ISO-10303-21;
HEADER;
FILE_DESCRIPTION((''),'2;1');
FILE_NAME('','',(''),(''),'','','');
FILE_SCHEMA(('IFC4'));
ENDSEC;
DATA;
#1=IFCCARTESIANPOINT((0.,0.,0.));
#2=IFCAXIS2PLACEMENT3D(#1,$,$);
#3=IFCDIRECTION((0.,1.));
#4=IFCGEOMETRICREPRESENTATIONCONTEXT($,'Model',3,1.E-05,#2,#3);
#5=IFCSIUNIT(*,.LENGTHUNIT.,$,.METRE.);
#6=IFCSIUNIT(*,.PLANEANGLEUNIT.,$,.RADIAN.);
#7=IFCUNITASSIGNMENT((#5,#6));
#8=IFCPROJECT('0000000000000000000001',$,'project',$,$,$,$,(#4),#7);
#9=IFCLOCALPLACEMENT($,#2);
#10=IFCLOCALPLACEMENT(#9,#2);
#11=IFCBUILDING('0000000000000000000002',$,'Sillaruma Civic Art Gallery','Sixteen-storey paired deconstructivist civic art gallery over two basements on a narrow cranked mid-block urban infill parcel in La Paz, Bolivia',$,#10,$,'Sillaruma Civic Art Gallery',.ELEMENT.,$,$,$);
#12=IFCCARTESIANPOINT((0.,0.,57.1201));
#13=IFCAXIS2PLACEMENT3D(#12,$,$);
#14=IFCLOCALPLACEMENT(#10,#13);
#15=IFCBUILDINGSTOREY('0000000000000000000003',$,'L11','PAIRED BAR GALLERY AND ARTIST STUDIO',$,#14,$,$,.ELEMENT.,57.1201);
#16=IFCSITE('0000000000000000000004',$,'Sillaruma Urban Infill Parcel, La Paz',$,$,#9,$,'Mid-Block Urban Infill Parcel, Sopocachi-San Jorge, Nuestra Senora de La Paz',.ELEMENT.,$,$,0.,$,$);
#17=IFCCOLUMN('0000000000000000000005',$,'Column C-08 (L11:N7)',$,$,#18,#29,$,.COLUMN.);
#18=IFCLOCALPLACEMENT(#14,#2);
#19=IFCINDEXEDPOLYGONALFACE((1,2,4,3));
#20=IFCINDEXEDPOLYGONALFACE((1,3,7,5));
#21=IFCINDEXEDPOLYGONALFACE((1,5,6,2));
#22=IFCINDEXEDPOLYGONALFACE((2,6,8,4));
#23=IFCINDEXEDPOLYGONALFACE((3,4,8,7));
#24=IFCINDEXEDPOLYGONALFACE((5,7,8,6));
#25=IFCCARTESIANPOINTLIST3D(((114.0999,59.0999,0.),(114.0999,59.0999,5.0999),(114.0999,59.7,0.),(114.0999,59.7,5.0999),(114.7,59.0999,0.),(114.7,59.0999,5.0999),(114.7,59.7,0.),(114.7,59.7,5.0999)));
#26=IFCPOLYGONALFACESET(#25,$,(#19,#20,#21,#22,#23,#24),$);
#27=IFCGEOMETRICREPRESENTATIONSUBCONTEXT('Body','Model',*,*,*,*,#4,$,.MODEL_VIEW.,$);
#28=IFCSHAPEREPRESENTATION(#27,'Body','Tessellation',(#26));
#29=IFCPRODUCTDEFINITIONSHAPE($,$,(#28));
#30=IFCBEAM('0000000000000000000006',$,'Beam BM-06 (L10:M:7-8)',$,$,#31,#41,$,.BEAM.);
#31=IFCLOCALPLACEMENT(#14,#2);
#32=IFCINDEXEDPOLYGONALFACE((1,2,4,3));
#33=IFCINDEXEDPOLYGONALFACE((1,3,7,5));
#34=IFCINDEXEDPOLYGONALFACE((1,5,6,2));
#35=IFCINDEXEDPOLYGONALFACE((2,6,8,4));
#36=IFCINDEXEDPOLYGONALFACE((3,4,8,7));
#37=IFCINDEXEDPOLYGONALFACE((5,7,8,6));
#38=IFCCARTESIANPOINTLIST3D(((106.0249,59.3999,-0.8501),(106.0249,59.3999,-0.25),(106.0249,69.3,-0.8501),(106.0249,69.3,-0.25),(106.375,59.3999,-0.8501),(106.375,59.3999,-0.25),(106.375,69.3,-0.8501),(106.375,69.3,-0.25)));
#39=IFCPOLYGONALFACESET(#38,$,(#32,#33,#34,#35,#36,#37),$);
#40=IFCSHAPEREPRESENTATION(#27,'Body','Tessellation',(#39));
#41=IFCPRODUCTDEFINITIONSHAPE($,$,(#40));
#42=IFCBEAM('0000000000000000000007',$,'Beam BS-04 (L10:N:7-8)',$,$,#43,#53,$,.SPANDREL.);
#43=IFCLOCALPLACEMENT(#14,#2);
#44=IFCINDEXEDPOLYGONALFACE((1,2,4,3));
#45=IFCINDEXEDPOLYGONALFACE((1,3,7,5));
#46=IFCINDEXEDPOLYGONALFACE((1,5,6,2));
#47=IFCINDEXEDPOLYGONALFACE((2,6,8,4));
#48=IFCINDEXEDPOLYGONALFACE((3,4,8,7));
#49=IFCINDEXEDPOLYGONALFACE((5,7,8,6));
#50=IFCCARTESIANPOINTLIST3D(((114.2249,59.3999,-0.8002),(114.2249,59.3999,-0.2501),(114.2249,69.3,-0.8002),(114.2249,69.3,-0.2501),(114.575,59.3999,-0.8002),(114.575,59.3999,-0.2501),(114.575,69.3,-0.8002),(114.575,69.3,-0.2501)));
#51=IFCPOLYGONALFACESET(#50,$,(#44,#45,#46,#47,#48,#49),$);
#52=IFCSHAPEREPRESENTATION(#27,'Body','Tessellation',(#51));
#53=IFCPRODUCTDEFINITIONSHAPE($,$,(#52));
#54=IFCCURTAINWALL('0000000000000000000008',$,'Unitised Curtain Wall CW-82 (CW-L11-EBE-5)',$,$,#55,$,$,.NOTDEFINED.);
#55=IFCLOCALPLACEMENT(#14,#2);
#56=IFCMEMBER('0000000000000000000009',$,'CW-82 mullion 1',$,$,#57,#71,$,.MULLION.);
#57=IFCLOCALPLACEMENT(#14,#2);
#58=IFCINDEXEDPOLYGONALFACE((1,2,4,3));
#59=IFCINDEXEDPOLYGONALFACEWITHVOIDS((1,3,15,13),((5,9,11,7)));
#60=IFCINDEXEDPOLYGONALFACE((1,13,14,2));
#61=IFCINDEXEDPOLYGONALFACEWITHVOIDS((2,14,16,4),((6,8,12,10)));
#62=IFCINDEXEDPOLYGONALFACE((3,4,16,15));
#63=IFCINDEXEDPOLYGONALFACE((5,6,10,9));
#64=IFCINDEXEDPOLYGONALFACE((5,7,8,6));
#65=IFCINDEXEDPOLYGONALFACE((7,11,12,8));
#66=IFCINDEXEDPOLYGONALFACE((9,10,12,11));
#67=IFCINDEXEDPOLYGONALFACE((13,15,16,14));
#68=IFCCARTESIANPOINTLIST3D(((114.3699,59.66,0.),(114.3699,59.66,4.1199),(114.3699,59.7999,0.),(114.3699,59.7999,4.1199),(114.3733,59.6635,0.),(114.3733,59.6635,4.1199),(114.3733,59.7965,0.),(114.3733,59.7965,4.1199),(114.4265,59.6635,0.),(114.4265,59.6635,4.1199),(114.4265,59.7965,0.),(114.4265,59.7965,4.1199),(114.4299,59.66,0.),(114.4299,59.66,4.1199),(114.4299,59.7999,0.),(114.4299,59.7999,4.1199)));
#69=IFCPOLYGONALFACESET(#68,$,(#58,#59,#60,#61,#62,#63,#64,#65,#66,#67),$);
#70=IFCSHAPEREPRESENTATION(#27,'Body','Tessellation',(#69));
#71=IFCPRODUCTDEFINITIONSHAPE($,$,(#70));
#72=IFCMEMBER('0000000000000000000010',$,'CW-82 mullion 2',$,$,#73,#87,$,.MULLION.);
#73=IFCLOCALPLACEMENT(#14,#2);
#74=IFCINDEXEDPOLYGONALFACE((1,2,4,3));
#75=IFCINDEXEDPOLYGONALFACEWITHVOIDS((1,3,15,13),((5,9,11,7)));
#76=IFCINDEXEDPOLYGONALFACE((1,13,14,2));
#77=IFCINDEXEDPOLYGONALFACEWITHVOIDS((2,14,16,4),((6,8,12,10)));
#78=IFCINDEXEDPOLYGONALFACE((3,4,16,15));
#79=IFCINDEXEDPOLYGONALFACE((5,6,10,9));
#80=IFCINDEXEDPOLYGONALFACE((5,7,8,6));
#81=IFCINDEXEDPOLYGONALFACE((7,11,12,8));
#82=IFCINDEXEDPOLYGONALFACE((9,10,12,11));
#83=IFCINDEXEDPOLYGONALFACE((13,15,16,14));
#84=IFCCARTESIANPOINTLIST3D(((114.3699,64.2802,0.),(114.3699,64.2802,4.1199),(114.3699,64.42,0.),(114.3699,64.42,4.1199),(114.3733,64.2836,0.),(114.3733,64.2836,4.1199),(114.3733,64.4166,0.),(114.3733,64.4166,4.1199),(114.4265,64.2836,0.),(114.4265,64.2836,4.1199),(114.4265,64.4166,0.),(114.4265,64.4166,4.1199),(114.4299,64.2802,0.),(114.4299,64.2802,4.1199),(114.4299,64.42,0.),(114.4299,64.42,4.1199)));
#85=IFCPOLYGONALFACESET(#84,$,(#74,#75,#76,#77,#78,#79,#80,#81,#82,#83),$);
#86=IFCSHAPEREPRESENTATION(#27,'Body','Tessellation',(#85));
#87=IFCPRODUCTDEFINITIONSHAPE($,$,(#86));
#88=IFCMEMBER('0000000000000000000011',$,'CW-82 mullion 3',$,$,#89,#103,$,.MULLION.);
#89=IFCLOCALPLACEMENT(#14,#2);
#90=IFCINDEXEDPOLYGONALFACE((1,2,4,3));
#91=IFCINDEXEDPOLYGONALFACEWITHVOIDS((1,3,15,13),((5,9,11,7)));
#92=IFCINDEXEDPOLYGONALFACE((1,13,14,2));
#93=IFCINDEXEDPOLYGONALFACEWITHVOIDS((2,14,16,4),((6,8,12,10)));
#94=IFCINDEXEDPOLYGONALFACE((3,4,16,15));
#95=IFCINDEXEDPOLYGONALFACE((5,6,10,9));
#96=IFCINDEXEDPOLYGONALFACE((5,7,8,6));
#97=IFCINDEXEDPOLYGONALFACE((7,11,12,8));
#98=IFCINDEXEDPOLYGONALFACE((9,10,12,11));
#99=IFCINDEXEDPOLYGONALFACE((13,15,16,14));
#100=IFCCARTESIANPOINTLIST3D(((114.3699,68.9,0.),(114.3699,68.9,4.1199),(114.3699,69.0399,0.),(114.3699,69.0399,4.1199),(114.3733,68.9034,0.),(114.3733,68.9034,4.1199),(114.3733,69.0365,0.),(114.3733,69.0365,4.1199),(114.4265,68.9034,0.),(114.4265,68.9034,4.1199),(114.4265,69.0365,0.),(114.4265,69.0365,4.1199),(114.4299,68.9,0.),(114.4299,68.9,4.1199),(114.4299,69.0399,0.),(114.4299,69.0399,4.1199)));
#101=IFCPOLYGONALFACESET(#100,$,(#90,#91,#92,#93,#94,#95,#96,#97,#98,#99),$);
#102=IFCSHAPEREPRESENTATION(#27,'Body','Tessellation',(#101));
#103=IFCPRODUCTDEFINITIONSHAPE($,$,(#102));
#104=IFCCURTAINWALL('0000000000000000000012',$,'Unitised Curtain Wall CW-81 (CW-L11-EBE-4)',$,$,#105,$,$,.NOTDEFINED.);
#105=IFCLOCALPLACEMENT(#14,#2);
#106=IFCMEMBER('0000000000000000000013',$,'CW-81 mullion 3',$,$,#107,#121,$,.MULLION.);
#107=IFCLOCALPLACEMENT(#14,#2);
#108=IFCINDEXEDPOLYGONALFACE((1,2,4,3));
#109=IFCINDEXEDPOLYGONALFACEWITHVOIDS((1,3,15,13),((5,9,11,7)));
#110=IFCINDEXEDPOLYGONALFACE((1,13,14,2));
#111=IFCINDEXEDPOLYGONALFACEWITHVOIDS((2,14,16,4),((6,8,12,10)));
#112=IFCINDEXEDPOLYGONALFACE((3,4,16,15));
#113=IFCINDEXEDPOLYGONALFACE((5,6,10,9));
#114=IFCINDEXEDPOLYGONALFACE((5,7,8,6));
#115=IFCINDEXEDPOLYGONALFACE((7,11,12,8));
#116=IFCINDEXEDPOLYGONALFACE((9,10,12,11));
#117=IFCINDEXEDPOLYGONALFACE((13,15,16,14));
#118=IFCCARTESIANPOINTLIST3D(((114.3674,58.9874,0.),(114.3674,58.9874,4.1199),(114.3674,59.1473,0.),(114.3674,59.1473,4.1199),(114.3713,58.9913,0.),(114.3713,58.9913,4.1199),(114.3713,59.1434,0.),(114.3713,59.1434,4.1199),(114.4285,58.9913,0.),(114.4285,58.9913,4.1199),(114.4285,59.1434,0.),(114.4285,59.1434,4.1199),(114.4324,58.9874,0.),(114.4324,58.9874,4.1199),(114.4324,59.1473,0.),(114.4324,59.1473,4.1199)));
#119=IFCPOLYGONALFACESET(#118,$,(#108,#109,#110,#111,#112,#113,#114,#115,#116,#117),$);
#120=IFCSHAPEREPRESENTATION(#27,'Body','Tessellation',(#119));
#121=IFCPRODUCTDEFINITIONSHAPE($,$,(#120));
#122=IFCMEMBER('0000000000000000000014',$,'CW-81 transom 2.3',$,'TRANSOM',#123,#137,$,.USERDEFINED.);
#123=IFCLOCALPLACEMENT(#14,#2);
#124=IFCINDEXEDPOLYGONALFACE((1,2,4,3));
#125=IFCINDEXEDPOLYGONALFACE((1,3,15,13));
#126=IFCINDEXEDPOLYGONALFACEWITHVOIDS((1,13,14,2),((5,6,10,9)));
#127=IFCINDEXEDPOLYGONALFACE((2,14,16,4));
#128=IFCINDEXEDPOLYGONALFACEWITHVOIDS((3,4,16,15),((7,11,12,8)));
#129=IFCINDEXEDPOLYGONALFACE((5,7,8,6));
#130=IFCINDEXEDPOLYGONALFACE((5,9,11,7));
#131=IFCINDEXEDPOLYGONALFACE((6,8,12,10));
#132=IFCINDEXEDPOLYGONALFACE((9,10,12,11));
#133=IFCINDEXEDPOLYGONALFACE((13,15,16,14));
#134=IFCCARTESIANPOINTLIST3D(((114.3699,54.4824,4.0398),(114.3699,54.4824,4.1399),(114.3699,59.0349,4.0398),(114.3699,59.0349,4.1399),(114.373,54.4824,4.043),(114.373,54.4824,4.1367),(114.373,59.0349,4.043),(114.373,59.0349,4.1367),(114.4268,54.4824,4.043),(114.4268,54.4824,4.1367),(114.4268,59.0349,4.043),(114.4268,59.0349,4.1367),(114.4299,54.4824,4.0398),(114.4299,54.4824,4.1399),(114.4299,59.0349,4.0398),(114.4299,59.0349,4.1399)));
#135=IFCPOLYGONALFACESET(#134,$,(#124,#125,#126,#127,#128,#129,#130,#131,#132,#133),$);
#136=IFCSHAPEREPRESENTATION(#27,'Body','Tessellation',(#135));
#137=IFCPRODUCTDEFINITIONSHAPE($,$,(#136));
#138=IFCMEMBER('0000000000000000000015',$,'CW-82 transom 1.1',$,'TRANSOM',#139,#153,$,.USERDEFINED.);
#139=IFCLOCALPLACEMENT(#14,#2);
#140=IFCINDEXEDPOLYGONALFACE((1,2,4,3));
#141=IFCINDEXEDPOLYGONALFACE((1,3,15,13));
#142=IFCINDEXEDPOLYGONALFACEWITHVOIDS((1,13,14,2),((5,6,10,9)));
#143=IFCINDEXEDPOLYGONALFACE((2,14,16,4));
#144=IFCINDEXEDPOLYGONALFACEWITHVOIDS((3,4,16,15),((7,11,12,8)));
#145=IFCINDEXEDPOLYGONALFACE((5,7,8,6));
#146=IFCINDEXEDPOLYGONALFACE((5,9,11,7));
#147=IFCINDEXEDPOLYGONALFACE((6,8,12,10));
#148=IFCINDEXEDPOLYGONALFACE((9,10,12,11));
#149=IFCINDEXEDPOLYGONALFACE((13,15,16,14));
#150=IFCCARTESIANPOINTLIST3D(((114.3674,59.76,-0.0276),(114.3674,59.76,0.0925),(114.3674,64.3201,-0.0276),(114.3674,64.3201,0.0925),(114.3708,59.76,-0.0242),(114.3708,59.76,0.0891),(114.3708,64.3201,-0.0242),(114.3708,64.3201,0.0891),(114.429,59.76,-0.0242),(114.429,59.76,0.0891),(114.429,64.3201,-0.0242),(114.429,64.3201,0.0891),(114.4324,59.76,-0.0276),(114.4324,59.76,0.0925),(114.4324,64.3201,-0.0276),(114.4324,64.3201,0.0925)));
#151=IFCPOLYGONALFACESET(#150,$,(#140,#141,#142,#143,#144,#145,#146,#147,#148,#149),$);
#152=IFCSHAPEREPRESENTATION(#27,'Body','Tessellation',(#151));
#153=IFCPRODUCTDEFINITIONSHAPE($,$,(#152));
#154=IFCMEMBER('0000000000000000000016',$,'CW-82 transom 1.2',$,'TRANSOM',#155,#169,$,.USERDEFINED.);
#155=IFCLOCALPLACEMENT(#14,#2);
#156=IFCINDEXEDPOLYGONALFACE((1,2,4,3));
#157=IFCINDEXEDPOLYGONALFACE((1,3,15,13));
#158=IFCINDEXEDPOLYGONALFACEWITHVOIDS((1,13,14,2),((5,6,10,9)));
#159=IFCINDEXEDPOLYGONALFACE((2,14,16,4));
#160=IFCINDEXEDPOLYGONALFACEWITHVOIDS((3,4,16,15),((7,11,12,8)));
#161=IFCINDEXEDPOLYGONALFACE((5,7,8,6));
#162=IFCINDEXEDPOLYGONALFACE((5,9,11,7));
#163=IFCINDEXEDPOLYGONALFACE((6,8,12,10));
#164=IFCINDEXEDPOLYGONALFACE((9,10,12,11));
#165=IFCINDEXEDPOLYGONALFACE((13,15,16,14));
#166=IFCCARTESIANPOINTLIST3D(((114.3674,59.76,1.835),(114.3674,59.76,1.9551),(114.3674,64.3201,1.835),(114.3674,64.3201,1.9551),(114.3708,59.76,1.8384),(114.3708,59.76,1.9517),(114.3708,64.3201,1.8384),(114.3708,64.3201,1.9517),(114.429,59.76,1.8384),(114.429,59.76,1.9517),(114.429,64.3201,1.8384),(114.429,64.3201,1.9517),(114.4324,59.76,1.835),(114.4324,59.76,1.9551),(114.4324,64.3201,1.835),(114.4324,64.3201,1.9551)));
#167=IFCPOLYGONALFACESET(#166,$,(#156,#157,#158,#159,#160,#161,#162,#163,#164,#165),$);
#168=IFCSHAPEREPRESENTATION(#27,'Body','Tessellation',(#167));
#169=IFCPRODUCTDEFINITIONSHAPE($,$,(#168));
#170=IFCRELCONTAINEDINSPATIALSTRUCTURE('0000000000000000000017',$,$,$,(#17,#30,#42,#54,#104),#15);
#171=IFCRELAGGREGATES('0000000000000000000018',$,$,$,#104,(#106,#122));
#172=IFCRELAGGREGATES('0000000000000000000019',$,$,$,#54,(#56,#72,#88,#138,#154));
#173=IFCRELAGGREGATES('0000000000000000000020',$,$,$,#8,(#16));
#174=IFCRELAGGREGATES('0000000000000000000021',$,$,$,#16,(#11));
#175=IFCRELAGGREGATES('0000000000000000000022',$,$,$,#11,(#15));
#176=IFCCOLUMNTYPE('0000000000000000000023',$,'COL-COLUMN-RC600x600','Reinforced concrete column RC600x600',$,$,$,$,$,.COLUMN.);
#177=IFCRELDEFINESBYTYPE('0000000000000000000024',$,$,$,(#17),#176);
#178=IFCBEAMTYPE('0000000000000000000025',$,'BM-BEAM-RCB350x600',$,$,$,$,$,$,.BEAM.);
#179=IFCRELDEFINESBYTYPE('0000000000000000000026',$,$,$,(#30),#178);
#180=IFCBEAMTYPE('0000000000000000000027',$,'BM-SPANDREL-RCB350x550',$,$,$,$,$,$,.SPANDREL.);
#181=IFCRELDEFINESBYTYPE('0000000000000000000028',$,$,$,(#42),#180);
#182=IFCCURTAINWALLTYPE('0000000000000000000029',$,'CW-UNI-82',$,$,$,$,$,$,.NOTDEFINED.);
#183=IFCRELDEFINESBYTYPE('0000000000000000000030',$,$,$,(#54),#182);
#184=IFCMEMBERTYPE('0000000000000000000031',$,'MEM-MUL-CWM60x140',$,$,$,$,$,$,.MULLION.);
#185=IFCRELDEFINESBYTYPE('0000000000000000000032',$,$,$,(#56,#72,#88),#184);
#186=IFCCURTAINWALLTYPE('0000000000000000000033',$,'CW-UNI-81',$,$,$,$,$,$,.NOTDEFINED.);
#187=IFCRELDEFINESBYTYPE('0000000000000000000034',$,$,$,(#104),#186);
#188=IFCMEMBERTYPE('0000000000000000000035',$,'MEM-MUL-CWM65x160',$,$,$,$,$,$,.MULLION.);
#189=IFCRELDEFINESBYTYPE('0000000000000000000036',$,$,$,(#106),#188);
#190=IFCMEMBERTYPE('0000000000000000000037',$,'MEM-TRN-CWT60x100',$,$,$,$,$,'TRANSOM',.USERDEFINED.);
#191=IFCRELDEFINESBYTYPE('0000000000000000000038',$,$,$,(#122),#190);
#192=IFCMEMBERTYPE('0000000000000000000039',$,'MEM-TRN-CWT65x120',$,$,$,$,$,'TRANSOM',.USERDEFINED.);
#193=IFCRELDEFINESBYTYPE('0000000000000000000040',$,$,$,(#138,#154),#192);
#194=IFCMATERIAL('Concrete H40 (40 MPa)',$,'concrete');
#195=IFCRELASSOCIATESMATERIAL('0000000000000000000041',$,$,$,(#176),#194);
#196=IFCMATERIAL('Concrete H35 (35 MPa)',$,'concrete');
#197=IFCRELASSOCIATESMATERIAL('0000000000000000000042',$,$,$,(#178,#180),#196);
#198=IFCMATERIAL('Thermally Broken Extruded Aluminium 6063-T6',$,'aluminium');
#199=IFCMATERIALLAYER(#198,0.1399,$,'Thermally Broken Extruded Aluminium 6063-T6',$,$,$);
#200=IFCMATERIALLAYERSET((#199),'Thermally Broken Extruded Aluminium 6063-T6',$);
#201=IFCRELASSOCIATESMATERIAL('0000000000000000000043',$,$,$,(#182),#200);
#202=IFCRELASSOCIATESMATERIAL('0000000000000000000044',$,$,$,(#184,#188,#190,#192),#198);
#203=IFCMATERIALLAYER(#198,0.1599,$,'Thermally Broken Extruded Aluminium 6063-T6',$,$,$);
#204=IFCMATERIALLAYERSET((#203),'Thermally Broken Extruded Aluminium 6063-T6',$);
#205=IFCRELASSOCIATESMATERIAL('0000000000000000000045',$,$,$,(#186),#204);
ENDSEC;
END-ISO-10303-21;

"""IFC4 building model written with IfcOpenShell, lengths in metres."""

from ifc_helpers import new_model, si_unit, direction, frame, origin, origin_2d, place, context, subcontext, project, spatial, rectangle, hollow_rectangle, extrude, material, layer, layer_set, material_profile, profile_set, type_object, element, aggregate, save


model = new_model("IFC4")

# Units and contexts
model_context = context("Model", 3, precision=1e-05, world=origin(), true_north=direction((0.0, 1.0)))
body_context = subcontext(model_context, "Body", "Model", "MODEL_VIEW")
ifc_project = project(units=[si_unit("LENGTHUNIT", "METRE"), si_unit("PLANEANGLEUNIT", "RADIAN")], contexts=[model_context])

# Site, building, storey
site_placement = place(None, origin())
site = spatial("IfcSite", under=ifc_project, at=site_placement, Name="Sillaruma Urban Infill Parcel, La Paz", LongName="Mid-Block Urban Infill Parcel, Sopocachi-San Jorge, Nuestra Senora de La Paz", CompositionType="ELEMENT", RefElevation=0.0)
building_placement = place(site_placement, origin())
building = spatial("IfcBuilding", under=site, at=building_placement, Name="Sillaruma Civic Art Gallery", Description="Sixteen-storey paired deconstructivist civic art gallery over two basements on a narrow cranked mid-block urban infill parcel in La Paz, Bolivia", LongName="Sillaruma Civic Art Gallery", CompositionType="ELEMENT")
storey_placement = place(building_placement, frame((0.0, 0.0, 57.1201)))
storey = spatial("IfcBuildingStorey", under=building, at=storey_placement, Name="L11", Description="PAIRED BAR GALLERY AND ARTIST STUDIO", CompositionType="ELEMENT", Elevation=57.1201)

# Column
ifc_material_1 = material(Name="Concrete H40 (40 MPa)", Category="concrete")
ifc_material_profile_1 = material_profile(ifc_material_1, rectangle(XDim=0.6001, YDim=0.6001, at=origin_2d()), Name="RC600x600")
ifc_profile_set_1 = profile_set([ifc_material_profile_1], Name="Concrete H40 (40 MPa)")
column_type = type_object("IfcColumnType", Name="COL-COLUMN-RC600x600", Description="Reinforced concrete column RC600x600", PredefinedType="COLUMN", material=ifc_profile_set_1)
column_placement = place(storey_placement, frame((114.3999, 59.3999, 0.0), z_axis=(0.0, 0.0, 1.0), x_axis=(1.0, 0.0, 0.0)))
element("IfcColumn", 1, at=column_placement, inside=storey, type_object=column_type, Name="Column C-08 (L11:N7)", PredefinedType="COLUMN", context=body_context, shape_type="SweptSolid", body=[
    extrude(rectangle(XDim=0.6001, YDim=0.6001, at=origin_2d()), origin(), (0.0, 0.0, 1.0), 5.0999),
])

# Beams
ifc_material_2 = material(Name="Concrete H35 (35 MPa)", Category="concrete")
ifc_material_profile_2 = material_profile(ifc_material_2, rectangle(XDim=0.3501, YDim=0.6001, at=origin_2d()), Name="RCB350x600")
ifc_profile_set_2 = profile_set([ifc_material_profile_2], Name="Concrete H35 (35 MPa)")
beam_type_1 = type_object("IfcBeamType", Name="BM-BEAM-RCB350x600", PredefinedType="BEAM", material=ifc_profile_set_2)
beam_1_placement = place(storey_placement, frame((106.2, 59.3999, -0.55), z_axis=(0.0, 1.0, 0.0), x_axis=(-1.0, 0.0, 0.0)))
element("IfcBeam", 2, at=beam_1_placement, inside=storey, type_object=beam_type_1, Name="Beam BM-06 (L10:M:7-8)", PredefinedType="BEAM", context=body_context, shape_type="SweptSolid", body=[
    extrude(rectangle(XDim=0.3501, YDim=0.6001, at=origin_2d()), origin(), (0.0, 0.0, 1.0), 9.9001),
])
ifc_material_profile_3 = material_profile(ifc_material_2, rectangle(XDim=0.3501, YDim=0.55, at=origin_2d()), Name="RCB350x550")
ifc_profile_set_3 = profile_set([ifc_material_profile_3], Name="Concrete H35 (35 MPa)")
beam_type_2 = type_object("IfcBeamType", Name="BM-SPANDREL-RCB350x550", PredefinedType="SPANDREL", material=ifc_profile_set_3)
beam_2_placement = place(storey_placement, frame((114.3999, 59.3999, -0.5251), z_axis=(0.0, 1.0, 0.0), x_axis=(-1.0, 0.0, 0.0)))
element("IfcBeam", 3, at=beam_2_placement, inside=storey, type_object=beam_type_2, Name="Beam BS-04 (L10:N:7-8)", PredefinedType="SPANDREL", context=body_context, shape_type="SweptSolid", body=[
    extrude(rectangle(XDim=0.3501, YDim=0.55, at=origin_2d()), origin(), (0.0, 0.0, 1.0), 9.9001),
])

# Curtain walls, members
ifc_material_3 = material(Name="Thermally Broken Extruded Aluminium 6063-T6", Category="aluminium")
ifc_layer_1 = layer(ifc_material_3, 0.1399, Name="Thermally Broken Extruded Aluminium 6063-T6")
ifc_layer_set_1 = layer_set([ifc_layer_1], Name="Thermally Broken Extruded Aluminium 6063-T6")
curtain_wall_type_1 = type_object("IfcCurtainWallType", Name="CW-UNI-82", PredefinedType="NOTDEFINED", material=ifc_layer_set_1)
curtain_wall_1_placement = place(storey_placement, origin())
curtain_wall_1 = element("IfcCurtainWall", 4, at=curtain_wall_1_placement, inside=storey, type_object=curtain_wall_type_1, Name="Unitised Curtain Wall CW-82 (CW-L11-EBE-5)", PredefinedType="NOTDEFINED")
ifc_material_profile_4 = material_profile(ifc_material_3, hollow_rectangle(XDim=0.0601, YDim=0.1399, WallThickness=0.0034, at=origin_2d()), Name="CWM60x140")
ifc_profile_set_4 = profile_set([ifc_material_profile_4], Name="Thermally Broken Extruded Aluminium 6063-T6")
member_type_1 = type_object("IfcMemberType", Name="MEM-MUL-CWM60x140", PredefinedType="MULLION", material=ifc_profile_set_4)
member_1_placement = place(storey_placement, frame((114.3999, 59.73, 0.0), z_axis=(0.0, 0.0, 1.0), x_axis=(-1.0, 0.0, 0.0)))
member_1 = element("IfcMember", 5, at=member_1_placement, type_object=member_type_1, Name="CW-82 mullion 1", PredefinedType="MULLION", context=body_context, shape_type="SweptSolid", body=[
    extrude(hollow_rectangle(XDim=0.0601, YDim=0.1399, WallThickness=0.0034, at=origin_2d()), origin(), (0.0, 0.0, 1.0), 4.1199),
])
member_2_placement = place(storey_placement, frame((114.3999, 64.3501, 0.0), z_axis=(0.0, 0.0, 1.0), x_axis=(-1.0, 0.0, 0.0)))
member_2 = element("IfcMember", 6, at=member_2_placement, type_object=member_type_1, Name="CW-82 mullion 2", PredefinedType="MULLION", context=body_context, shape_type="SweptSolid", body=[
    extrude(hollow_rectangle(XDim=0.0601, YDim=0.1399, WallThickness=0.0034, at=origin_2d()), origin(), (0.0, 0.0, 1.0), 4.1199),
])
member_3_placement = place(storey_placement, frame((114.3999, 68.97, 0.0), z_axis=(0.0, 0.0, 1.0), x_axis=(-1.0, 0.0, 0.0)))
member_3 = element("IfcMember", 7, at=member_3_placement, type_object=member_type_1, Name="CW-82 mullion 3", PredefinedType="MULLION", context=body_context, shape_type="SweptSolid", body=[
    extrude(hollow_rectangle(XDim=0.0601, YDim=0.1399, WallThickness=0.0034, at=origin_2d()), origin(), (0.0, 0.0, 1.0), 4.1199),
])
ifc_layer_2 = layer(ifc_material_3, 0.1599, Name="Thermally Broken Extruded Aluminium 6063-T6")
ifc_layer_set_2 = layer_set([ifc_layer_2], Name="Thermally Broken Extruded Aluminium 6063-T6")
curtain_wall_type_2 = type_object("IfcCurtainWallType", Name="CW-UNI-81", PredefinedType="NOTDEFINED", material=ifc_layer_set_2)
curtain_wall_2_placement = place(storey_placement, origin())
curtain_wall_2 = element("IfcCurtainWall", 8, at=curtain_wall_2_placement, inside=storey, type_object=curtain_wall_type_2, Name="Unitised Curtain Wall CW-81 (CW-L11-EBE-4)", PredefinedType="NOTDEFINED")
ifc_material_profile_5 = material_profile(ifc_material_3, hollow_rectangle(XDim=0.0649, YDim=0.1599, WallThickness=0.0039, at=origin_2d()), Name="CWM65x160")
ifc_profile_set_5 = profile_set([ifc_material_profile_5], Name="Thermally Broken Extruded Aluminium 6063-T6")
member_type_2 = type_object("IfcMemberType", Name="MEM-MUL-CWM65x160", PredefinedType="MULLION", material=ifc_profile_set_5)
member_4_placement = place(storey_placement, frame((114.3999, 59.0674, 0.0), z_axis=(0.0, 0.0, 1.0), x_axis=(-1.0, 0.0, 0.0)))
member_4 = element("IfcMember", 9, at=member_4_placement, type_object=member_type_2, Name="CW-81 mullion 3", PredefinedType="MULLION", context=body_context, shape_type="SweptSolid", body=[
    extrude(hollow_rectangle(XDim=0.0649, YDim=0.1599, WallThickness=0.0039, at=origin_2d()), origin(), (0.0, 0.0, 1.0), 4.1199),
])
ifc_material_profile_6 = material_profile(ifc_material_3, hollow_rectangle(XDim=0.0601, YDim=0.1001, WallThickness=0.0032, at=origin_2d()), Name="CWT60x100")
ifc_profile_set_6 = profile_set([ifc_material_profile_6], Name="Thermally Broken Extruded Aluminium 6063-T6")
member_type_3 = type_object("IfcMemberType", Name="MEM-TRN-CWT60x100", ElementType="TRANSOM", PredefinedType="USERDEFINED", material=ifc_profile_set_6)
member_5_placement = place(storey_placement, frame((114.3999, 54.4824, 4.0898), z_axis=(0.0, 1.0, 0.0), x_axis=(-1.0, 0.0, 0.0)))
member_5 = element("IfcMember", 10, at=member_5_placement, type_object=member_type_3, Name="CW-81 transom 2.3", ObjectType="TRANSOM", PredefinedType="USERDEFINED", context=body_context, shape_type="SweptSolid", body=[
    extrude(hollow_rectangle(XDim=0.0601, YDim=0.1001, WallThickness=0.0032, at=origin_2d()), origin(), (0.0, 0.0, 1.0), 4.5525),
])

# Members
ifc_material_profile_7 = material_profile(ifc_material_3, hollow_rectangle(XDim=0.0649, YDim=0.1201, WallThickness=0.0034, at=origin_2d()), Name="CWT65x120")
ifc_profile_set_7 = profile_set([ifc_material_profile_7], Name="Thermally Broken Extruded Aluminium 6063-T6")
member_type_4 = type_object("IfcMemberType", Name="MEM-TRN-CWT65x120", ElementType="TRANSOM", PredefinedType="USERDEFINED", material=ifc_profile_set_7)
member_6_placement = place(storey_placement, frame((114.3999, 59.76, 0.0325), z_axis=(0.0, 1.0, 0.0), x_axis=(-1.0, 0.0, 0.0)))
member_6 = element("IfcMember", 11, at=member_6_placement, type_object=member_type_4, Name="CW-82 transom 1.1", ObjectType="TRANSOM", PredefinedType="USERDEFINED", context=body_context, shape_type="SweptSolid", body=[
    extrude(hollow_rectangle(XDim=0.0649, YDim=0.1201, WallThickness=0.0034, at=origin_2d()), origin(), (0.0, 0.0, 1.0), 4.5601),
])
member_7_placement = place(storey_placement, frame((114.3999, 59.76, 1.895), z_axis=(0.0, 1.0, 0.0), x_axis=(-1.0, 0.0, 0.0)))
member_7 = element("IfcMember", 12, at=member_7_placement, type_object=member_type_4, Name="CW-82 transom 1.2", ObjectType="TRANSOM", PredefinedType="USERDEFINED", context=body_context, shape_type="SweptSolid", body=[
    extrude(hollow_rectangle(XDim=0.0649, YDim=0.1201, WallThickness=0.0034, at=origin_2d()), origin(), (0.0, 0.0, 1.0), 4.5601),
])

aggregate(curtain_wall_2, [member_4, member_5])
aggregate(curtain_wall_1, [member_1, member_2, member_3, member_6, member_7])

save(model, "model.ifc")
